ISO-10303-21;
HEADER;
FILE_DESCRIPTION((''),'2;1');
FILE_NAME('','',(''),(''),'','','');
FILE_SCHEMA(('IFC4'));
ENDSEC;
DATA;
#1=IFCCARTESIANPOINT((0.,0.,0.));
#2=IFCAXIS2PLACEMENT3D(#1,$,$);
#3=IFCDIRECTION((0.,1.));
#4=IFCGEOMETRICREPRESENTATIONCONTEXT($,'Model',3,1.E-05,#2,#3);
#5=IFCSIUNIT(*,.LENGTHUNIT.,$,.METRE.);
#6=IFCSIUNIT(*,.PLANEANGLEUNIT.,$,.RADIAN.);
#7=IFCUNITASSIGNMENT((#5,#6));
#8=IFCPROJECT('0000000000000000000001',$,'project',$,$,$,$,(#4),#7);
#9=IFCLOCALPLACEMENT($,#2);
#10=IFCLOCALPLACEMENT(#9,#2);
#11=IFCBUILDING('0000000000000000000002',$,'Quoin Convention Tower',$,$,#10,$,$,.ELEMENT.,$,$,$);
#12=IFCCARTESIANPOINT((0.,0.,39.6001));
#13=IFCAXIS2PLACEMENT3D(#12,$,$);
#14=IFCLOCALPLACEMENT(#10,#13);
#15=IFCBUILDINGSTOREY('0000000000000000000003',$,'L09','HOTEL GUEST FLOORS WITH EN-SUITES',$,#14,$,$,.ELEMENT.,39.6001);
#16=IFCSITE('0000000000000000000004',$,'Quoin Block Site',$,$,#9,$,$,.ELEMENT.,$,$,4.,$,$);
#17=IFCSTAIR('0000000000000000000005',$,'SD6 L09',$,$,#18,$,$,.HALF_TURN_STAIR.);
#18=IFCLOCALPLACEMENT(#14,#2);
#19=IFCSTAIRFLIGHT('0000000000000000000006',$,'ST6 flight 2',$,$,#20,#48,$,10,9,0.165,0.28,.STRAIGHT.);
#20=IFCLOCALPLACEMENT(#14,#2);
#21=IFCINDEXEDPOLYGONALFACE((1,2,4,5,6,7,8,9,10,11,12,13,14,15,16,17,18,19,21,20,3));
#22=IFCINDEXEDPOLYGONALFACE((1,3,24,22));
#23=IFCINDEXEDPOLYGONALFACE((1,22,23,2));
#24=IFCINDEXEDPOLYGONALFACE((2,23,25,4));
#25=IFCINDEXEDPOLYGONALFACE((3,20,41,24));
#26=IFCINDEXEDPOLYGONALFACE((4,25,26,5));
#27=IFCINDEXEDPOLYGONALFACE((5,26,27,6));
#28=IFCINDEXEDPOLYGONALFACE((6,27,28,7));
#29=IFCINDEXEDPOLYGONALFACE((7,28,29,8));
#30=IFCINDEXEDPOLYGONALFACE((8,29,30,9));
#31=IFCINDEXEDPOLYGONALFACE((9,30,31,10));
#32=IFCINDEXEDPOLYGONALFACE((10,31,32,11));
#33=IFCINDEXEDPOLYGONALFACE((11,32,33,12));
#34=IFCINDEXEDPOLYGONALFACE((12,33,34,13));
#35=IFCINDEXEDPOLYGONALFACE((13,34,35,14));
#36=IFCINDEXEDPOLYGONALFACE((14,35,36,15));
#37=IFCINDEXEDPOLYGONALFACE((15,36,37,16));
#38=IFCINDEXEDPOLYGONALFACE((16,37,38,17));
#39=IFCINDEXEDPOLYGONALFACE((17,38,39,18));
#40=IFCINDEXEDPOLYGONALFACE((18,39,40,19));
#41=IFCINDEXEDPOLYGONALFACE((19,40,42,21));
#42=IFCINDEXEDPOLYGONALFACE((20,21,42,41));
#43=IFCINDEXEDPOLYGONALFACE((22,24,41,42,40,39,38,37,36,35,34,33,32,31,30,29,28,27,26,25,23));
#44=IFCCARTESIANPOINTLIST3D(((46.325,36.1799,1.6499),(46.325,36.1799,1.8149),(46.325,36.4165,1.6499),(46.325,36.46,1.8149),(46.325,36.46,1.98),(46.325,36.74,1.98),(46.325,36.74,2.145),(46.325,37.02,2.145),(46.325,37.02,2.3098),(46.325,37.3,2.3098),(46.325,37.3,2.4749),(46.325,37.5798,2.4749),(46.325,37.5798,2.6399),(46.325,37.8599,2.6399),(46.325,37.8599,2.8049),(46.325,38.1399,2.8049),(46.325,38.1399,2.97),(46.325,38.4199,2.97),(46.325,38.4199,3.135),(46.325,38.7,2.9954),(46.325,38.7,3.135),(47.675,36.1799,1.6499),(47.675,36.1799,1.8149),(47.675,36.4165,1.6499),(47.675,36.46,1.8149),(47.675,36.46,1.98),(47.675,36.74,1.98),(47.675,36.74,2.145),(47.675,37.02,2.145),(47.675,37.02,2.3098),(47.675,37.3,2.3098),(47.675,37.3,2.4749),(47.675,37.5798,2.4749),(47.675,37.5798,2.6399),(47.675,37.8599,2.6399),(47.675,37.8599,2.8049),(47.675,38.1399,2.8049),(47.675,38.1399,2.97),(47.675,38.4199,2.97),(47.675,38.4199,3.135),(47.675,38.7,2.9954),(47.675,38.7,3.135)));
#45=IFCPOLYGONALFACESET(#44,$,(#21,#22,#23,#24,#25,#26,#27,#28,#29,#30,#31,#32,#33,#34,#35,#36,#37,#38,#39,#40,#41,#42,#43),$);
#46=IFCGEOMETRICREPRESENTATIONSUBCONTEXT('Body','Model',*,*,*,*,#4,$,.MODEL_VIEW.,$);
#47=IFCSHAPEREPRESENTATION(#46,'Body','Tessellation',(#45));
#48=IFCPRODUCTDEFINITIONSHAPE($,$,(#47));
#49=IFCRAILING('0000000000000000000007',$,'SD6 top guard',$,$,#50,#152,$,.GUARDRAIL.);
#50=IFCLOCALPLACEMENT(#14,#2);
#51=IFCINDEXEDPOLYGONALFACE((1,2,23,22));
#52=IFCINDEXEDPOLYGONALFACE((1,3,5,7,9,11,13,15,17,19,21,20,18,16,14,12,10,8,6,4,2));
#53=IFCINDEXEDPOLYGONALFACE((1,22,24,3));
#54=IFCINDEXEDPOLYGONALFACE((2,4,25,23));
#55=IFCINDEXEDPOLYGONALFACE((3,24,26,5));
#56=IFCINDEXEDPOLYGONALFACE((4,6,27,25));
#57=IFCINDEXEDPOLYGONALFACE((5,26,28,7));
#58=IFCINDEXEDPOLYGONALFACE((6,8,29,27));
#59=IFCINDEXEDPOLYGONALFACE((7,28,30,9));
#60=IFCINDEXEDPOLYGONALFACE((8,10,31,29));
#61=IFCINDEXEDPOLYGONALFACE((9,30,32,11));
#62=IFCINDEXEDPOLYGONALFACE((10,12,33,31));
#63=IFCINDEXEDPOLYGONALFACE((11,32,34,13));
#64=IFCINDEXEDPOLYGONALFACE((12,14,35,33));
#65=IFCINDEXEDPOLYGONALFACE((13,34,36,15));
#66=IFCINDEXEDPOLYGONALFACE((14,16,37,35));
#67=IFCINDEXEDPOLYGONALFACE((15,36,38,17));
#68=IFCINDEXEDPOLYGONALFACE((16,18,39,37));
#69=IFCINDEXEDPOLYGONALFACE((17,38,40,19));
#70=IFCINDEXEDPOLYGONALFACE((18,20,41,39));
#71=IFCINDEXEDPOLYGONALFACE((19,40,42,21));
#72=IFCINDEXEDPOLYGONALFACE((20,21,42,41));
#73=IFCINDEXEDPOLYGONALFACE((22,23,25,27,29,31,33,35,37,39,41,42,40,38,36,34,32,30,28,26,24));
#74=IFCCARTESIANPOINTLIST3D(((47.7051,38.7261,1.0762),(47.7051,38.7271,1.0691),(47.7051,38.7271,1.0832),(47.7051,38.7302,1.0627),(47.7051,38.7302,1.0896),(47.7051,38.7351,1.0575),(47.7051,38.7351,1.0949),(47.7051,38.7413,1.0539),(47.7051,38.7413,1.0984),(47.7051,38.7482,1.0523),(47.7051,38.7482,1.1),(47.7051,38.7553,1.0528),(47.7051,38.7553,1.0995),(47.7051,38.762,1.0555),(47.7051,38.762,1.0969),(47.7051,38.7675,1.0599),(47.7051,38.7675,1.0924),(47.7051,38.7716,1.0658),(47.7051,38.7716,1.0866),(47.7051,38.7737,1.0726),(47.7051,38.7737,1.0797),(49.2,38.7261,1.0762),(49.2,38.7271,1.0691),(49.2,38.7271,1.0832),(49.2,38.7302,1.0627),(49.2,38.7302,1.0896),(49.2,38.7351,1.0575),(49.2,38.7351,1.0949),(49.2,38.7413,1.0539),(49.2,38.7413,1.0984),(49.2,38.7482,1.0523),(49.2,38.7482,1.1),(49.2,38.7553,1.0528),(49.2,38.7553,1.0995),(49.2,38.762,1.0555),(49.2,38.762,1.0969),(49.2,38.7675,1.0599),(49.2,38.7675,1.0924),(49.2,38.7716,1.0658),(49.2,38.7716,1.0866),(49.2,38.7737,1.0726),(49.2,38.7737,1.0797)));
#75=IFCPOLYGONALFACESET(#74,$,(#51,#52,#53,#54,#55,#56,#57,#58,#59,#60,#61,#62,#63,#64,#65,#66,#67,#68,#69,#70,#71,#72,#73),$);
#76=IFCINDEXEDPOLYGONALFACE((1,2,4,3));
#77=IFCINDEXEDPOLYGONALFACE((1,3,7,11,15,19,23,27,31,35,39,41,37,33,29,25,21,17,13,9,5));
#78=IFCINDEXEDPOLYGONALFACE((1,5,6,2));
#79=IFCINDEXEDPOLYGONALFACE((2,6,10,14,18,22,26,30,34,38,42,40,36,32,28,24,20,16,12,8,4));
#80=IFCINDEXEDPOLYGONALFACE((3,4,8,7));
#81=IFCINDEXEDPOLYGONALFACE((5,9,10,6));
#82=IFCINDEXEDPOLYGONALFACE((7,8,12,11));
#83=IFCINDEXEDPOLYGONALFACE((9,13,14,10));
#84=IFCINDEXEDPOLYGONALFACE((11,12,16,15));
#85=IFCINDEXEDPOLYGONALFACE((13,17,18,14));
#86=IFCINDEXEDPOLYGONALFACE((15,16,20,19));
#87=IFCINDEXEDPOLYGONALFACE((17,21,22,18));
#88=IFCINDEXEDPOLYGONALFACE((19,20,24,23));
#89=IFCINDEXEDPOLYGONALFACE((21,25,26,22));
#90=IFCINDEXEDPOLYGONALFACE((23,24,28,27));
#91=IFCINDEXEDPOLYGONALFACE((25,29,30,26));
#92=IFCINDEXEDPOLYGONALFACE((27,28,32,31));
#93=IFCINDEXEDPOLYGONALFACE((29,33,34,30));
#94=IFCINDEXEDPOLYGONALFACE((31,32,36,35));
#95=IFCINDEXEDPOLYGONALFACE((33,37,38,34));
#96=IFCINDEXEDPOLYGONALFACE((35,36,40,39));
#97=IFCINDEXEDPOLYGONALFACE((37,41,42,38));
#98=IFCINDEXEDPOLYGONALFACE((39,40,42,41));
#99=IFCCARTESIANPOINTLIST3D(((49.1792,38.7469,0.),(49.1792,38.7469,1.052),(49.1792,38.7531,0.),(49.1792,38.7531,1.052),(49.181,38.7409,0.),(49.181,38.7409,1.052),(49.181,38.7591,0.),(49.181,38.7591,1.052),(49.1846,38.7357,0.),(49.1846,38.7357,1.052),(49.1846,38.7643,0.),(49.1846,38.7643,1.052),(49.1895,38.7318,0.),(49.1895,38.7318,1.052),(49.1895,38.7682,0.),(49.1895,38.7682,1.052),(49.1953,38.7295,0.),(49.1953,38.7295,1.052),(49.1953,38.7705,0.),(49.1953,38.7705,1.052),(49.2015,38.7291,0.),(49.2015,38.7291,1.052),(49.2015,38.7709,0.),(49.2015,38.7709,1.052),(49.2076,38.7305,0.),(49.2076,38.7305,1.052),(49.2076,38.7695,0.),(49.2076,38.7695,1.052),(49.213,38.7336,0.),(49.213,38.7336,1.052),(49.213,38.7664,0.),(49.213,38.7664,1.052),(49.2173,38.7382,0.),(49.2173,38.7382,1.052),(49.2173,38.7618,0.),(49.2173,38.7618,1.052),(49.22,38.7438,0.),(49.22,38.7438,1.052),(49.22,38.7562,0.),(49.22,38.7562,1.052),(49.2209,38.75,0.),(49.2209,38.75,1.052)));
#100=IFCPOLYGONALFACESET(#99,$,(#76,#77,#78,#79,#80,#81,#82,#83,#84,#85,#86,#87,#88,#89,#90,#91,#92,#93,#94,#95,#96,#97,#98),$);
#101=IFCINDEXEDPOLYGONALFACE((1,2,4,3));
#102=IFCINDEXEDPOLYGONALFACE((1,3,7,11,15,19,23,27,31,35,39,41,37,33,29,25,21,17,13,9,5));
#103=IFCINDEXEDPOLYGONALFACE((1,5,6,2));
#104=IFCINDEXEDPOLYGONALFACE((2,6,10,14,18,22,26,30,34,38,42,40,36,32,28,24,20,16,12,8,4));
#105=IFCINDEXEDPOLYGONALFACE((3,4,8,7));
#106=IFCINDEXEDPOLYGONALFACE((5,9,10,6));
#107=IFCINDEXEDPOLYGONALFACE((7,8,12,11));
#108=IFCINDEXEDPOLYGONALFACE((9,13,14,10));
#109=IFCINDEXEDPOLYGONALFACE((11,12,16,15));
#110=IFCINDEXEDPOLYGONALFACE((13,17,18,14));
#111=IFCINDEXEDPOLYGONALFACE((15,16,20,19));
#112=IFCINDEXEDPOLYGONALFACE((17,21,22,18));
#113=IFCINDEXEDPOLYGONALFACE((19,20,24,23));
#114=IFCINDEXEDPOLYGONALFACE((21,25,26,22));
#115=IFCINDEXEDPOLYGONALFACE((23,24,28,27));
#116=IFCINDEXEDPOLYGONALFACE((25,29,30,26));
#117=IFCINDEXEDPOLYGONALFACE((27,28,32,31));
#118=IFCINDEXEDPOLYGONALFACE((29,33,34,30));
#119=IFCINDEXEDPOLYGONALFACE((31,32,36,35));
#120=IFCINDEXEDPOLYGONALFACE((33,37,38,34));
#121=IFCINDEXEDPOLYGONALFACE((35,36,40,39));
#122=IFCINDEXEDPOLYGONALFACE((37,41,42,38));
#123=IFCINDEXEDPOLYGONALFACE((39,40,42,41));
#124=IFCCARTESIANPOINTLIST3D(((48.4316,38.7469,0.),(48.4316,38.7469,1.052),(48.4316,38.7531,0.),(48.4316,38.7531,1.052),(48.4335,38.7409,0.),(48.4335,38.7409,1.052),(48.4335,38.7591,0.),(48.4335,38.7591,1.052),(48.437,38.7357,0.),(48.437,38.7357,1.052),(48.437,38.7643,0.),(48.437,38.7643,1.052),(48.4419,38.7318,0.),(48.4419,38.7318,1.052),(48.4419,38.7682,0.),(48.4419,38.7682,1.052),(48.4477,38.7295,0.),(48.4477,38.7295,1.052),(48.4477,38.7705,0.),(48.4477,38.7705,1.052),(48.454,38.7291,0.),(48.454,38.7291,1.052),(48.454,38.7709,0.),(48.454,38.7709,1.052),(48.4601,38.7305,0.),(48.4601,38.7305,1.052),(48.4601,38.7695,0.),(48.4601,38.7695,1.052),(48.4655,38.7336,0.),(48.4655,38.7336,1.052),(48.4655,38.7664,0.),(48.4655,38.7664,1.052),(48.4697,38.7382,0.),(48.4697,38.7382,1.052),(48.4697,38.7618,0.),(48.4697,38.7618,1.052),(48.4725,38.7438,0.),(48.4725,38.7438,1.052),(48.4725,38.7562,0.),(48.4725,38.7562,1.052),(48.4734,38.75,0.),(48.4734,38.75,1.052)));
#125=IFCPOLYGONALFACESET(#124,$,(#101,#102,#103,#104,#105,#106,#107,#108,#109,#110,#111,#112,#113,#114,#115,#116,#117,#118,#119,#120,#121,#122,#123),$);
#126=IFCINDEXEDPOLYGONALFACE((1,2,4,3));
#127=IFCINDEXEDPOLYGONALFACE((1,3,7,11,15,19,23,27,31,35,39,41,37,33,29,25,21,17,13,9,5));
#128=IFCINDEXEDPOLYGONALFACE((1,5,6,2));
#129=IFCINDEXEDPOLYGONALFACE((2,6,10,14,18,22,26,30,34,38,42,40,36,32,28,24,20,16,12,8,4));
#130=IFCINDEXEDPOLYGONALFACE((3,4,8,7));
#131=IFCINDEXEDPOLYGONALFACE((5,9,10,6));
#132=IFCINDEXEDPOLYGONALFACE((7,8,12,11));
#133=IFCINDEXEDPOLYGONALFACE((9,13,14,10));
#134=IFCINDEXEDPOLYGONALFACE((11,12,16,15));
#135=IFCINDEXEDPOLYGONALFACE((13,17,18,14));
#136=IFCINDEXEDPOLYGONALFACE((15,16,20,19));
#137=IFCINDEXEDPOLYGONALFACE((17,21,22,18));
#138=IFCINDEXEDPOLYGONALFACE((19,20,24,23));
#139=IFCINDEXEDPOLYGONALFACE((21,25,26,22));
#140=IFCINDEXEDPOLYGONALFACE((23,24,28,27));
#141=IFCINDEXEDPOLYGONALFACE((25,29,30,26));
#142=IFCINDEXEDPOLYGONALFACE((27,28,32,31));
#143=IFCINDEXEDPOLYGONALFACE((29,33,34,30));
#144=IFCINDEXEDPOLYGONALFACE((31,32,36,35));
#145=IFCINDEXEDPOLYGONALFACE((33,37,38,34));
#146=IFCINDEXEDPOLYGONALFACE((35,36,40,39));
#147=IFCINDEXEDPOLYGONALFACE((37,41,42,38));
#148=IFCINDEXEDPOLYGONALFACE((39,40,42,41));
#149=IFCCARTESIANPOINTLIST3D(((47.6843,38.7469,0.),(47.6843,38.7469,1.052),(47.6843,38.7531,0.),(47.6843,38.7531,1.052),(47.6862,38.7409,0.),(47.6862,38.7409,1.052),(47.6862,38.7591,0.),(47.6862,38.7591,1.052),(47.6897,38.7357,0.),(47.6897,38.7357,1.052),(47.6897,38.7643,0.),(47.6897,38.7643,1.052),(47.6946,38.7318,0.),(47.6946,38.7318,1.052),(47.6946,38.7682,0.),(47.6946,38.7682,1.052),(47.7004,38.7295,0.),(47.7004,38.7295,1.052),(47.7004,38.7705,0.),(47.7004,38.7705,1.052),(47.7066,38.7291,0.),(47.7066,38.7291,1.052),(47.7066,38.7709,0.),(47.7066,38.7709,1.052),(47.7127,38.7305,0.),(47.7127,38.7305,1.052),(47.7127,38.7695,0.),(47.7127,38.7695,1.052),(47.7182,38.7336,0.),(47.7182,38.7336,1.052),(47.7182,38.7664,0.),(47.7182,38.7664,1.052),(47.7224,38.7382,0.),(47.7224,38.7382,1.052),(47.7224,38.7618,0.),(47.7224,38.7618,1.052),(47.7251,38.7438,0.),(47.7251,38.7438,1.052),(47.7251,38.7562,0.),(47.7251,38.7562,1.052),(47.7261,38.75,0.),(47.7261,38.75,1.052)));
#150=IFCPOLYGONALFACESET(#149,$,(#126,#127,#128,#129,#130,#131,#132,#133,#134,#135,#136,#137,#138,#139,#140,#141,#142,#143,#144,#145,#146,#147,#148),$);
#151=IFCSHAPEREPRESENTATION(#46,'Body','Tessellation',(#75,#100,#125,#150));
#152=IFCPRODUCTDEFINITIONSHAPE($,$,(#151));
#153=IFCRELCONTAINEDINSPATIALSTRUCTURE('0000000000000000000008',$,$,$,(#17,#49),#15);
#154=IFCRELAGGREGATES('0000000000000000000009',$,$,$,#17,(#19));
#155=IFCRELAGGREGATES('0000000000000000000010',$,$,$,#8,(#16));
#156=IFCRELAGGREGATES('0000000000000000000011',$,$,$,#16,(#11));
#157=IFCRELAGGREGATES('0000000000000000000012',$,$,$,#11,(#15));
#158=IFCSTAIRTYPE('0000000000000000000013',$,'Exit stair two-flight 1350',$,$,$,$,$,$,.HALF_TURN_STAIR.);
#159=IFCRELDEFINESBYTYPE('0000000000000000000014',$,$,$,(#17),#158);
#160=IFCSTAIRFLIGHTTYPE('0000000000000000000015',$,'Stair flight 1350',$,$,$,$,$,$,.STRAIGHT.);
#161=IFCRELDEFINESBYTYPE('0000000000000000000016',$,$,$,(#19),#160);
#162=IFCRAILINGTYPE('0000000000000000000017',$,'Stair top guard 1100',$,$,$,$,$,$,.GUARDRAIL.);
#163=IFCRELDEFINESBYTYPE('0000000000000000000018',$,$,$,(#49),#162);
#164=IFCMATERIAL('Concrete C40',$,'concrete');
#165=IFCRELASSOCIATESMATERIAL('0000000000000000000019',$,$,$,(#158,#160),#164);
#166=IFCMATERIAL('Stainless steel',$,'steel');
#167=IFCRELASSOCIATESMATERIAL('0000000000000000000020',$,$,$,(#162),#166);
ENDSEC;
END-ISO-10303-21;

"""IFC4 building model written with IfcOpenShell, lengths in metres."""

from ifc_helpers import new_model, si_unit, direction, frame, origin, origin_2d, place, context, subcontext, project, spatial, polyline, circle, outline, extrude, material, type_object, element, aggregate, save


model = new_model("IFC4")

# Units and contexts
model_context = context("Model", 3, precision=1e-05, world=origin(), true_north=direction((0.0, 1.0)))
body_context = subcontext(model_context, "Body", "Model", "MODEL_VIEW")
ifc_project = project(units=[si_unit("LENGTHUNIT", "METRE"), si_unit("PLANEANGLEUNIT", "RADIAN")], contexts=[model_context])

# Site, building, storey
site_placement = place(None, origin())
site = spatial("IfcSite", under=ifc_project, at=site_placement, Name="Quoin Block Site", CompositionType="ELEMENT", RefElevation=4.0)
building_placement = place(site_placement, origin())
building = spatial("IfcBuilding", under=site, at=building_placement, Name="Quoin Convention Tower", CompositionType="ELEMENT")
storey_placement = place(building_placement, frame((0.0, 0.0, 39.6001)))
storey = spatial("IfcBuildingStorey", under=building, at=storey_placement, Name="L09", Description="HOTEL GUEST FLOORS WITH EN-SUITES", CompositionType="ELEMENT", Elevation=39.6001)

# Shared definitions
ifc_material_1 = material(Name="Concrete C40", Category="concrete")
stair_type = type_object("IfcStairType", Name="Exit stair two-flight 1350", PredefinedType="HALF_TURN_STAIR", material=ifc_material_1)
stair_flight_type = type_object("IfcStairFlightType", Name="Stair flight 1350", PredefinedType="STRAIGHT", material=ifc_material_1)

# Stair, stair flight
stair_1_placement = place(storey_placement, origin())
stair_1 = element("IfcStair", 1, at=stair_1_placement, inside=storey, type_object=stair_type, Name="SD6 L09", PredefinedType="HALF_TURN_STAIR")
stair_flight_1_placement = place(storey_placement, frame((47.0, 36.1799, 1.6499), z_axis=(0.0, 0.0, 1.0), x_axis=(0.0, 1.0, 0.0)))
stair_flight_1 = element("IfcStairFlight", 2, at=stair_flight_1_placement, type_object=stair_flight_type, Name="ST6 flight 2", NumberOfRisers=10, NumberOfTreads=9, PredefinedType="STRAIGHT", RiserHeight=0.165, TreadLength=0.28, context=body_context, shape_type="SweptSolid", body=[
    extrude(outline(polyline([(0.0, 0.0), (0.0, 0.165), (0.28, 0.165), (0.28, 0.3301), (0.5601, 0.3301), (0.5601, 0.4951), (0.8401, 0.4951), (0.8401, 0.6599), (1.1201, 0.6599), (1.1201, 0.825), (1.3999, 0.825), (1.3999, 0.99), (1.6799, 0.99), (1.6799, 1.155), (1.96, 1.155), (1.96, 1.3201), (2.24, 1.3201), (2.24, 1.4851), (2.52, 1.4851), (2.52, 1.6499), (2.52, 1.3455), (0.2366, 0.0), (0.0, 0.0)])), frame((0.0, 0.675, 0.0), z_axis=(0.0, -1.0, 0.0), x_axis=(1.0, 0.0, 0.0)), (0.0, 0.0, 1.0), 1.3501),
])
aggregate(stair_1, [stair_flight_1])

# Railing
ifc_material_2 = material(Name="Stainless steel", Category="steel")
railing_type_1 = type_object("IfcRailingType", Name="Stair top guard 1100", PredefinedType="GUARDRAIL", material=ifc_material_2)
railing_1_placement = place(storey_placement, frame((49.2, 38.75, 0.0)))
element("IfcRailing", 3, at=railing_1_placement, inside=storey, type_object=railing_type_1, Name="SD6 top guard", PredefinedType="GUARDRAIL", context=body_context, shape_type="SweptSolid", body=[
    extrude(circle(Radius=0.0239, at=origin_2d()), frame((0.0, 0.0, 1.0762), z_axis=(-1.0, 0.0, 0.0), x_axis=(0.0, -1.0, 0.0)), (0.0, 0.0, 1.0), 1.4949),
    extrude(circle(Radius=0.021, at=origin_2d()), origin(), (0.0, 0.0, 1.0), 1.052),
    extrude(circle(Radius=0.021, at=origin_2d()), frame((-0.7476, 0.0, 0.0)), (0.0, 0.0, 1.0), 1.052),
    extrude(circle(Radius=0.021, at=origin_2d()), frame((-1.4949, 0.0, 0.0)), (0.0, 0.0, 1.0), 1.052),
])

save(model, "model.ifc")
